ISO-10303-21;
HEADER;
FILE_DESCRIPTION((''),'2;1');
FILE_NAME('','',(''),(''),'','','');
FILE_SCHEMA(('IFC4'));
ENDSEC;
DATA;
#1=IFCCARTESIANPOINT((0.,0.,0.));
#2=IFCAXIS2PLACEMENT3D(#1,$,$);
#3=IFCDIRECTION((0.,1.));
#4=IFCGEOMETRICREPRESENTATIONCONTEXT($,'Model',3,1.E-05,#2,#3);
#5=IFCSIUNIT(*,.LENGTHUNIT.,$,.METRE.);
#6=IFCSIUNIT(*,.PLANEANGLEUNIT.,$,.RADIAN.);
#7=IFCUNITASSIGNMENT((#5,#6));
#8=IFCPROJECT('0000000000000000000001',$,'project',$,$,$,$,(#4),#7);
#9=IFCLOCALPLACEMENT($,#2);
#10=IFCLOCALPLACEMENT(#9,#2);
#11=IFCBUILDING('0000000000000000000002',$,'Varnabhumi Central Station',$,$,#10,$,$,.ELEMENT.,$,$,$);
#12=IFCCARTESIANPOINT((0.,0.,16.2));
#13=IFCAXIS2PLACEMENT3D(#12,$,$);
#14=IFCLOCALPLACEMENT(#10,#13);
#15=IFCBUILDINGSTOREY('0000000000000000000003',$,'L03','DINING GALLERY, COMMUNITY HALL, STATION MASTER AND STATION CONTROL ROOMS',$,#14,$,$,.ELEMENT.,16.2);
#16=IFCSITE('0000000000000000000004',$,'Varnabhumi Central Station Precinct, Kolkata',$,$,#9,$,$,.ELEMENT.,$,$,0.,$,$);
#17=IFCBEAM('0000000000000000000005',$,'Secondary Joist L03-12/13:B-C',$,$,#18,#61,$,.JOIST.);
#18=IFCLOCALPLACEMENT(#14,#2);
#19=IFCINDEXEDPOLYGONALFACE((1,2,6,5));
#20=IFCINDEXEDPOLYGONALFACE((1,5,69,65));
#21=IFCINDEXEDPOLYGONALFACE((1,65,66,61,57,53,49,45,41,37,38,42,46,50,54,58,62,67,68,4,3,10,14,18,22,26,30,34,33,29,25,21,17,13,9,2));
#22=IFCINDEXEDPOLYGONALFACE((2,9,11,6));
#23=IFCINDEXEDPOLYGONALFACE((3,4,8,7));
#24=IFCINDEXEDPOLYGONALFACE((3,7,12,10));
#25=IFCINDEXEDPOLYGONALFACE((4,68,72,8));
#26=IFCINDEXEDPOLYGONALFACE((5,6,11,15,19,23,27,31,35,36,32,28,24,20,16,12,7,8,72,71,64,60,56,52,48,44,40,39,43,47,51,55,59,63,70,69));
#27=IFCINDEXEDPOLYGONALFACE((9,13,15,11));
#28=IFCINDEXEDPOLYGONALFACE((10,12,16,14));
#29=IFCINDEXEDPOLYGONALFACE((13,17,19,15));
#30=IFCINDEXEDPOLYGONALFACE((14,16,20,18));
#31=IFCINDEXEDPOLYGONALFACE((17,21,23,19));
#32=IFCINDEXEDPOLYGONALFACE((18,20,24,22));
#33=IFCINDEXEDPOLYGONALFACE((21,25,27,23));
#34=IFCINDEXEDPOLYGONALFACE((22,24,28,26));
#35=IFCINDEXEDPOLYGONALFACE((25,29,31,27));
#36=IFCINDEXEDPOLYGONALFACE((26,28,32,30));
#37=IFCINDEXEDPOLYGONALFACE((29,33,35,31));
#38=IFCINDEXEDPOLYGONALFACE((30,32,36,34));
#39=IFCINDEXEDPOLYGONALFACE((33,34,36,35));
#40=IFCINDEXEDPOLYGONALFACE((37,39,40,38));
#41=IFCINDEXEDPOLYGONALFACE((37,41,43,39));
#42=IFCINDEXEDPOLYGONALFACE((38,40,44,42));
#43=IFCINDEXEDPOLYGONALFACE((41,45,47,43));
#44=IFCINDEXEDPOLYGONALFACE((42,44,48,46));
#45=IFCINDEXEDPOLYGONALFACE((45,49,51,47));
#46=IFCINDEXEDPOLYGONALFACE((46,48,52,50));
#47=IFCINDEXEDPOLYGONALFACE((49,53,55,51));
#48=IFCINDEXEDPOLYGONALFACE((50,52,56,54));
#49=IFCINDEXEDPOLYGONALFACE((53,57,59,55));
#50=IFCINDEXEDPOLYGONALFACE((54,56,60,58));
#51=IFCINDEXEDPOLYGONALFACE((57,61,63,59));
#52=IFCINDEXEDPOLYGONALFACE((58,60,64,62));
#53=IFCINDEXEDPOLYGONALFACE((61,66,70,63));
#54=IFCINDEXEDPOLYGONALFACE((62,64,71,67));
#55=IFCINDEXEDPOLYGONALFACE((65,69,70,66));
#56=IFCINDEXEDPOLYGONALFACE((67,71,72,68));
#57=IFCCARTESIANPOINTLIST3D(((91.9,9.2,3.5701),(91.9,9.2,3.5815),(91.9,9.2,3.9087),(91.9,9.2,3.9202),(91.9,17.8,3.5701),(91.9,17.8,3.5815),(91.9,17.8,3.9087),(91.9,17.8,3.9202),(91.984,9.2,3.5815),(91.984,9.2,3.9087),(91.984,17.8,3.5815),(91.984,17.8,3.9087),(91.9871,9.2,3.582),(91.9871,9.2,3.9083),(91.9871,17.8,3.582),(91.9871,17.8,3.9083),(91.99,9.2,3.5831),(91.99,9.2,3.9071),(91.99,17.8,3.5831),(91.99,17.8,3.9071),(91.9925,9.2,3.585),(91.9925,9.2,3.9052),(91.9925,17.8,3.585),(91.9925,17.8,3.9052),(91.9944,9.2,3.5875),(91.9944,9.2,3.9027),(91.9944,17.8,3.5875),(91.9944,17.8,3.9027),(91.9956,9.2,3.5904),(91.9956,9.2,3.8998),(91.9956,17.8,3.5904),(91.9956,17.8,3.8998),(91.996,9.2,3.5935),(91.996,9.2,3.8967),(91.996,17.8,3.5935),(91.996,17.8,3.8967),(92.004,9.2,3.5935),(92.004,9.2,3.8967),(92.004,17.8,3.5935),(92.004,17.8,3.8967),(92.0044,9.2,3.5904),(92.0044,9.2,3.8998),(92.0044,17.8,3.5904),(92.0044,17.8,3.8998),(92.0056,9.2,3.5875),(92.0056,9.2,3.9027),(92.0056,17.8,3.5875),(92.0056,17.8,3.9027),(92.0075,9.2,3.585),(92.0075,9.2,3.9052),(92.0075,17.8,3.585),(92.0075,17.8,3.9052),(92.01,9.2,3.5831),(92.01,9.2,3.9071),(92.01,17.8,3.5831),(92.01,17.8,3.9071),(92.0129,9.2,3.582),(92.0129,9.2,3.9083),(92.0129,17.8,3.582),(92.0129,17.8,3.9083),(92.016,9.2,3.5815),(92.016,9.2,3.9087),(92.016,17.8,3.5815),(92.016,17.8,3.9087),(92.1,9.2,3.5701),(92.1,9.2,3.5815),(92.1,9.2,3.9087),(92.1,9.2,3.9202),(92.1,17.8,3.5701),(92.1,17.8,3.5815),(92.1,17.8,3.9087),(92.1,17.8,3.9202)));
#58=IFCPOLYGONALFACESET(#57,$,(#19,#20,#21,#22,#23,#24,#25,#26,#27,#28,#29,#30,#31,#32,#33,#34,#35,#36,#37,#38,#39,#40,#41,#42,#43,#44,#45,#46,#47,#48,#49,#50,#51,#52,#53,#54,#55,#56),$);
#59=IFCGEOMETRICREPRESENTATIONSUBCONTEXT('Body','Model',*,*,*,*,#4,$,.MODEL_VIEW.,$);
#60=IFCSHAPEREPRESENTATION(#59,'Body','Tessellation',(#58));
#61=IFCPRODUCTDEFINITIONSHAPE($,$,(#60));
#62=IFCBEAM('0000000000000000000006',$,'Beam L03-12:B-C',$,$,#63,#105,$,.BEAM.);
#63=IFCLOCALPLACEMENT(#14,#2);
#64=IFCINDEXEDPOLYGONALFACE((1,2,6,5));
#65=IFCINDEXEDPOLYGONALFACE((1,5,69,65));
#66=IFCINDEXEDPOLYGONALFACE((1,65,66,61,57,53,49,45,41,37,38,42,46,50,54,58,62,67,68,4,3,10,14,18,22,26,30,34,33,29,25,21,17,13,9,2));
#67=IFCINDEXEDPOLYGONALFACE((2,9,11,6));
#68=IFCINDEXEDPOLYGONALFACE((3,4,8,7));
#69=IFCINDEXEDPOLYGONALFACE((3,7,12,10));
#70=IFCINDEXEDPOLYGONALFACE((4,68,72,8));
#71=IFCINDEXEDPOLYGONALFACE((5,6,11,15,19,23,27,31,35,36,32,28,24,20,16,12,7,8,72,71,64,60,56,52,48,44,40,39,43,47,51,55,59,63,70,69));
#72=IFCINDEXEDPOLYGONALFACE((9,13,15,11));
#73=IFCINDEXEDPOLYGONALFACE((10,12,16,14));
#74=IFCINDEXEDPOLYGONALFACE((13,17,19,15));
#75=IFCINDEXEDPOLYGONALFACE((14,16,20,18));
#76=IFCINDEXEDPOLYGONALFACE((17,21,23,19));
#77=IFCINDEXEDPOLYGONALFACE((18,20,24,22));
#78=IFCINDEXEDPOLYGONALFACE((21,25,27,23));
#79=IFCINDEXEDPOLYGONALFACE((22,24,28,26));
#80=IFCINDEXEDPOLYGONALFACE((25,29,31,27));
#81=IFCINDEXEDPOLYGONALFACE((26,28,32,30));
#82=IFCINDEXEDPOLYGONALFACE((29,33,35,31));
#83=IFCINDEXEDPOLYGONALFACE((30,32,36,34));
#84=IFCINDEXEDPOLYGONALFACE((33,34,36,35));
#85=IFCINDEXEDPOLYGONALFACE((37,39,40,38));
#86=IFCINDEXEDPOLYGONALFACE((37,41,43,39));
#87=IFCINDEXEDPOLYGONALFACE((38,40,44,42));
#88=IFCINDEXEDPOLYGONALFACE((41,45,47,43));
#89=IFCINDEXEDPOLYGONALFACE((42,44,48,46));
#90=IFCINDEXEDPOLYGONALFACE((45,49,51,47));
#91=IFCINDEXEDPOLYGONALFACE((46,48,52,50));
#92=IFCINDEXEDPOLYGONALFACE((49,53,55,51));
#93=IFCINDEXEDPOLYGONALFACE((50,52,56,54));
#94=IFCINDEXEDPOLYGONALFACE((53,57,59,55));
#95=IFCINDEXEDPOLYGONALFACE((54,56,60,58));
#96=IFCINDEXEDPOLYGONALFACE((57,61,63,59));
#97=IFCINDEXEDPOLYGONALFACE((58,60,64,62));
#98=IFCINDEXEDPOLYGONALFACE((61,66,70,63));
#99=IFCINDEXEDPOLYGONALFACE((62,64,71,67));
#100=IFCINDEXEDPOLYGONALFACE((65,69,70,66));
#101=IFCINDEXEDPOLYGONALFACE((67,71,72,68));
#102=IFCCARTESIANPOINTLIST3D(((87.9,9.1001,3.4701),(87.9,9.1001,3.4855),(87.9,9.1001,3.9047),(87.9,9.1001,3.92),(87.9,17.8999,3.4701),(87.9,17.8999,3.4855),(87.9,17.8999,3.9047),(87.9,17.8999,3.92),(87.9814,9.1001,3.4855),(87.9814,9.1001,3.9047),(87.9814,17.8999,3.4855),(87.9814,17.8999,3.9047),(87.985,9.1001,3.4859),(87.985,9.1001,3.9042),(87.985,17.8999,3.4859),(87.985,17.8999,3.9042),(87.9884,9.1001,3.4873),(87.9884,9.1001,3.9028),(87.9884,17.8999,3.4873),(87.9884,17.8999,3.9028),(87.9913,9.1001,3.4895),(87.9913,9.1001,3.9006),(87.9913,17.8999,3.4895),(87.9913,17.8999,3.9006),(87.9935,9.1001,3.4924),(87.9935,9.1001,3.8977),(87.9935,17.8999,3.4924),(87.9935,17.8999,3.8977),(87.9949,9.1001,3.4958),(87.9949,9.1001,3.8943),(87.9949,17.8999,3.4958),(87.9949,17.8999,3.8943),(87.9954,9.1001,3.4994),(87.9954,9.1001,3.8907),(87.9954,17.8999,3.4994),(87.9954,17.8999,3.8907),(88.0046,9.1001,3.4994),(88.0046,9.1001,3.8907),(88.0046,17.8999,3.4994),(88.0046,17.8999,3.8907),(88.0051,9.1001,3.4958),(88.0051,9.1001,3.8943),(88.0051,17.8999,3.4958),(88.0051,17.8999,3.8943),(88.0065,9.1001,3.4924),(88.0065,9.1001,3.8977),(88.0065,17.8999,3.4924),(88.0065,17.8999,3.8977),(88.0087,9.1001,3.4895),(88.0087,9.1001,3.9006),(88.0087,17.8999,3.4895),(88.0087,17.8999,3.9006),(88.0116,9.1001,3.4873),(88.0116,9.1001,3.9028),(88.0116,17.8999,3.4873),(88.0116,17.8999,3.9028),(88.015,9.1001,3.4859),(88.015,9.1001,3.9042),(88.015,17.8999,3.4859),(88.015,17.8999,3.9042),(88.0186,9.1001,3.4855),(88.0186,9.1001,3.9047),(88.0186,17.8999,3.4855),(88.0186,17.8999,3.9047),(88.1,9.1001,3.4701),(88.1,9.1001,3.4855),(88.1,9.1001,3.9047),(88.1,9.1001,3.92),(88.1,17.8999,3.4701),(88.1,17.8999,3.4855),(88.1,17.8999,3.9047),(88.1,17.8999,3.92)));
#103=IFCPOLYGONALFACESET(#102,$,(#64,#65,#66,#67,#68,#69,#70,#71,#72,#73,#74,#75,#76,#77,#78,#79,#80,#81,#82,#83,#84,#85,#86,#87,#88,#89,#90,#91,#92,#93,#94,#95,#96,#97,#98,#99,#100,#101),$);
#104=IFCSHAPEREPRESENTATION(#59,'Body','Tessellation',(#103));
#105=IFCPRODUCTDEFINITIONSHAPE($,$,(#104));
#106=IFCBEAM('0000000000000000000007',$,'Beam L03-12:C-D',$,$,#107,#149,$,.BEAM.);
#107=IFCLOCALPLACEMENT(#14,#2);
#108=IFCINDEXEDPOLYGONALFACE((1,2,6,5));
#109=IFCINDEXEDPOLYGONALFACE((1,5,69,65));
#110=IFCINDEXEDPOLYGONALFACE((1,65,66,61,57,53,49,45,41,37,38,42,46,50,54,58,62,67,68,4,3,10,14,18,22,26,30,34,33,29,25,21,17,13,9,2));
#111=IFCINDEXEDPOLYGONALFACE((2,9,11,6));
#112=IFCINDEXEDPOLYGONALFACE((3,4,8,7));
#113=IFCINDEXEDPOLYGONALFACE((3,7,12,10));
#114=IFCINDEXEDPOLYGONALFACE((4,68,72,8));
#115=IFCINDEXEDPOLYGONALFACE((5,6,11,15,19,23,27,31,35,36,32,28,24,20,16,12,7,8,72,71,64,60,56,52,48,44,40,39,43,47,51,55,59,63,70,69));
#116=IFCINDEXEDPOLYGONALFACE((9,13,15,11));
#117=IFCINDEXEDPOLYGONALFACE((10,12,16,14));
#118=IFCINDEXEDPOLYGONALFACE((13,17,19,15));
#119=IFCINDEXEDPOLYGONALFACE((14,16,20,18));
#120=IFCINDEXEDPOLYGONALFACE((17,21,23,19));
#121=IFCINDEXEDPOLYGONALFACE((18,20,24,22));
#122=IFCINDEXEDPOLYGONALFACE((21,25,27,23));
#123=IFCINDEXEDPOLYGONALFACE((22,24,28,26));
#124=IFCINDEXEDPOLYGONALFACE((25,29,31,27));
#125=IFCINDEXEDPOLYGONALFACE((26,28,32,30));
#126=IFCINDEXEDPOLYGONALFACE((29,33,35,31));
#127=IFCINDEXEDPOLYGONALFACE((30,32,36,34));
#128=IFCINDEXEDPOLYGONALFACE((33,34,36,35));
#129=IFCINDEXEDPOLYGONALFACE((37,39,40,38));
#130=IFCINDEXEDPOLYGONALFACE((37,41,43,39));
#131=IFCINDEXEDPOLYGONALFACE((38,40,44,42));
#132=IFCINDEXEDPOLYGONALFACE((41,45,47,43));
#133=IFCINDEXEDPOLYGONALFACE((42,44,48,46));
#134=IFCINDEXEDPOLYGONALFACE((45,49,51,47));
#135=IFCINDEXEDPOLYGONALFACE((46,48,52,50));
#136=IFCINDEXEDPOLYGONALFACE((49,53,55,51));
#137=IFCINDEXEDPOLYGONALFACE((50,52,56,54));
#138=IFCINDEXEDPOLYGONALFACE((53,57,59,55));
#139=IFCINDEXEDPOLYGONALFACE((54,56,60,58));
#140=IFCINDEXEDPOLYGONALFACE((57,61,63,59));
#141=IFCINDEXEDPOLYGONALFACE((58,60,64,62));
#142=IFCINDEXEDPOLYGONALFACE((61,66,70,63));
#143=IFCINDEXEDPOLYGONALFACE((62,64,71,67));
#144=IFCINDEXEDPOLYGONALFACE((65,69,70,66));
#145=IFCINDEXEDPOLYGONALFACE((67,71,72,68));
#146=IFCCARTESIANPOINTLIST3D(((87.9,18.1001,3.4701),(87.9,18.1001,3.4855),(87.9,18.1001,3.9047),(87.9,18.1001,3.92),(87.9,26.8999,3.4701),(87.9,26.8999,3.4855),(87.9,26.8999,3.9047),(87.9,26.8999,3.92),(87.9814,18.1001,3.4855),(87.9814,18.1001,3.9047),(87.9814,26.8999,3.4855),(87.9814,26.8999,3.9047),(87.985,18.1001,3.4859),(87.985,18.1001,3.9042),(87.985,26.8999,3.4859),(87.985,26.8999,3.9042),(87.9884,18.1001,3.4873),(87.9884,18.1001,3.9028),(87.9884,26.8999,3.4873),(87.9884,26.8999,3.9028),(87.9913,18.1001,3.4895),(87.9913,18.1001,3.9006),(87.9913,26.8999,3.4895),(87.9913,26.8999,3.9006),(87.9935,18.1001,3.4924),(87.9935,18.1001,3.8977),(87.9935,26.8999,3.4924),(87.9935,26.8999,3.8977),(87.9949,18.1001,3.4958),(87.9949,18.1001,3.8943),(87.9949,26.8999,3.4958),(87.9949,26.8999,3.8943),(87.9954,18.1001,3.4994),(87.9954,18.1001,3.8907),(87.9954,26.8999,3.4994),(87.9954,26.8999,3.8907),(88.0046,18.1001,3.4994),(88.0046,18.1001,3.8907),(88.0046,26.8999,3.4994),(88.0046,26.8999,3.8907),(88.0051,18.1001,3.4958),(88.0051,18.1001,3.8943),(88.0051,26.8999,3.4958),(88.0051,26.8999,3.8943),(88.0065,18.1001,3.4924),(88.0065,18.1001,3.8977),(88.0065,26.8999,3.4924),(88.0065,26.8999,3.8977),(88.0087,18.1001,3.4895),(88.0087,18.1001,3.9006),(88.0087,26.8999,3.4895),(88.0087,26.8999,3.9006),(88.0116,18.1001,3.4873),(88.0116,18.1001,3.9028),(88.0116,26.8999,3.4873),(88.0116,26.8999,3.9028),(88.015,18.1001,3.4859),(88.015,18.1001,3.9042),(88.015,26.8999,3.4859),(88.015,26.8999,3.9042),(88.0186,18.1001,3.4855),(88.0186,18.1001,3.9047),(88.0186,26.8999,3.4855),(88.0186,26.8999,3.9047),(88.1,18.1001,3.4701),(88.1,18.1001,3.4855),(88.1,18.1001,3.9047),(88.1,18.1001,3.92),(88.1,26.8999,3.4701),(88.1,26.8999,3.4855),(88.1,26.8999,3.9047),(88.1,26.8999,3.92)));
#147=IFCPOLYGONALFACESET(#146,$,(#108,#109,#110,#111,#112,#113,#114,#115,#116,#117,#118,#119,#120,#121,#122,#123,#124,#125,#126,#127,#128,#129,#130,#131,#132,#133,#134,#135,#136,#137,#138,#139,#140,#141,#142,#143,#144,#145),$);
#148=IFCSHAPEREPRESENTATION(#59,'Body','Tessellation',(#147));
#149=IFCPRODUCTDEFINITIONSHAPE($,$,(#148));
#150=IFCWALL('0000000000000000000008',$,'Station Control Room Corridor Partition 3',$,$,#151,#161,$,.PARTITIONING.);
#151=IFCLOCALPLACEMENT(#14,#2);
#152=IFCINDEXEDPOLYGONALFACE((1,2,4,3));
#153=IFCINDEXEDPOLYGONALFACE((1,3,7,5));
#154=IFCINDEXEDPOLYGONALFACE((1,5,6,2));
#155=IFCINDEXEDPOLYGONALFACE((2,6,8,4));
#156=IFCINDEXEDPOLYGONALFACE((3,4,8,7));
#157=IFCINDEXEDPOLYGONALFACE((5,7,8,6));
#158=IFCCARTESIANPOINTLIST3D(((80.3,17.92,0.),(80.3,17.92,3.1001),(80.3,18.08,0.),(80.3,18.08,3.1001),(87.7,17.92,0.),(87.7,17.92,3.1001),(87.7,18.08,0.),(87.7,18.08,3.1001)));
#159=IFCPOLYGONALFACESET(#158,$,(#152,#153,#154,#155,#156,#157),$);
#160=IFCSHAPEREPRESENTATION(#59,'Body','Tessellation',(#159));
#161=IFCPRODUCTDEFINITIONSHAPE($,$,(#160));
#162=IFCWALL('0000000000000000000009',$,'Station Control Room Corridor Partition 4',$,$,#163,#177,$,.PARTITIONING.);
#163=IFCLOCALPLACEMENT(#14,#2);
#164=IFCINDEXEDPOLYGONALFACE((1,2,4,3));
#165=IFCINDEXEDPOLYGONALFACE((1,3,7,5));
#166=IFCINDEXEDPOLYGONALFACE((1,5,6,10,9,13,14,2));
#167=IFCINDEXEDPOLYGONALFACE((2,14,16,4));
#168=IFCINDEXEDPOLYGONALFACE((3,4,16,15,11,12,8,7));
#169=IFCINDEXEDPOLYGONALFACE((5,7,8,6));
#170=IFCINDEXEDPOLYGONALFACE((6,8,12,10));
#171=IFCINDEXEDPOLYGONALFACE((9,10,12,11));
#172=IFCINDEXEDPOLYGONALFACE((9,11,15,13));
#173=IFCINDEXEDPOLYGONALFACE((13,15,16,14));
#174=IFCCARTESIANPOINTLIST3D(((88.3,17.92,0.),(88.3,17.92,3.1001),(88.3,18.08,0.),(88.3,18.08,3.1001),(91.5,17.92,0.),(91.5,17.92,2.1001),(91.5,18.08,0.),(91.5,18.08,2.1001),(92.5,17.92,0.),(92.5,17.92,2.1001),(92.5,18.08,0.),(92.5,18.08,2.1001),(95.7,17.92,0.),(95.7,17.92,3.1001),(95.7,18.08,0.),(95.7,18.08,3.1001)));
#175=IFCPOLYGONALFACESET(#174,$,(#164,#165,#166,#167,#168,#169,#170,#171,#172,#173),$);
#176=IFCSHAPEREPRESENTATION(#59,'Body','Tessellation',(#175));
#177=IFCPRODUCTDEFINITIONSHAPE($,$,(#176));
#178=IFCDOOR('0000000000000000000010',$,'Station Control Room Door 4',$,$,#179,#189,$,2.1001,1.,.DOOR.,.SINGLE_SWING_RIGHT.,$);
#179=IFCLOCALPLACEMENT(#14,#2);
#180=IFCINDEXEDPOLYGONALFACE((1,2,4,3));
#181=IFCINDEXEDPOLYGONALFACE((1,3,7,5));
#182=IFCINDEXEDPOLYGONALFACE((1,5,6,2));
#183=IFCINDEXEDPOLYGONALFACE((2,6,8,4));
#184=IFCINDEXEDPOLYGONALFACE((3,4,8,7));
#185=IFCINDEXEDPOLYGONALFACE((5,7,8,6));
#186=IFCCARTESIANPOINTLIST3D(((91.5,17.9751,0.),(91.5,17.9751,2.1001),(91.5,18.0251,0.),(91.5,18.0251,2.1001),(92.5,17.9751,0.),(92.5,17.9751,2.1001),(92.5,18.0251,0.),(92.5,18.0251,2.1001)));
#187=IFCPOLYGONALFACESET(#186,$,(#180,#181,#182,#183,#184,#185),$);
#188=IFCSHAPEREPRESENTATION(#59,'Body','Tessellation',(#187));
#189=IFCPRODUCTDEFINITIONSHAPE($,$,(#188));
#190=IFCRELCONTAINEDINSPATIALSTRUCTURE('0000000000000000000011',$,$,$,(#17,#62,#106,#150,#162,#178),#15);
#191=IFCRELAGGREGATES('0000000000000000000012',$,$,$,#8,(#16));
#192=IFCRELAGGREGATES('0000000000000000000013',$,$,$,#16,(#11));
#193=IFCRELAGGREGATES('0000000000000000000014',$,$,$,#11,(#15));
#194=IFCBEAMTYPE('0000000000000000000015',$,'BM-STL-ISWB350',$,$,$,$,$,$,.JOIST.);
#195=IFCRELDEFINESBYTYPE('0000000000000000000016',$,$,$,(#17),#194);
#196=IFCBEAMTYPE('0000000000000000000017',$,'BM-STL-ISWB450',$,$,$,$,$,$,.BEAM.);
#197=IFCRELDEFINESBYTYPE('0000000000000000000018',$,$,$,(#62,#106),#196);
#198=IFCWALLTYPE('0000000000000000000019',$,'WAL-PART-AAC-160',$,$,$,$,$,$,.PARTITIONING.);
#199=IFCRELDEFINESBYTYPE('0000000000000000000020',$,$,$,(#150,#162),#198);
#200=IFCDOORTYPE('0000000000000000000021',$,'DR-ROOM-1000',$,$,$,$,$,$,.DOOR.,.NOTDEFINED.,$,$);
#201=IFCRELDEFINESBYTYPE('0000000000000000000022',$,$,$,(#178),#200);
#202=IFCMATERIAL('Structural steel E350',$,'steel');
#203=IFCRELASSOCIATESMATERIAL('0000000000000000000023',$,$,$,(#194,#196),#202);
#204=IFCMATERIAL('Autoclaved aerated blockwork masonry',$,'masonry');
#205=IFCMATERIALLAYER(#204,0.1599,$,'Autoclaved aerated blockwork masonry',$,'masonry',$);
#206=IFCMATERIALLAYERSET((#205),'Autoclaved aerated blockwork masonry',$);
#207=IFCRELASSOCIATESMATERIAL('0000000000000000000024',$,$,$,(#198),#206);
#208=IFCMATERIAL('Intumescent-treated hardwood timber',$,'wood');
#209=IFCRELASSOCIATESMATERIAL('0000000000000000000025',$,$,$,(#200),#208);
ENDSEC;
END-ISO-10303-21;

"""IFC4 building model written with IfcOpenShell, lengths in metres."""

from ifc_helpers import new_model, si_unit, direction, frame, frame_2d, origin, origin_2d, place, context, subcontext, project, spatial, rectangle, i_section, extrude, material, layer, layer_set, material_profile, profile_set, type_object, element, fill, save


model = new_model("IFC4")

# Units and contexts
model_context = context("Model", 3, precision=1e-05, world=origin(), true_north=direction((0.0, 1.0)))
body_context = subcontext(model_context, "Body", "Model", "MODEL_VIEW")
ifc_project = project(units=[si_unit("LENGTHUNIT", "METRE"), si_unit("PLANEANGLEUNIT", "RADIAN")], contexts=[model_context])

# Site, building, storey
site_placement = place(None, origin())
site = spatial("IfcSite", under=ifc_project, at=site_placement, Name="Varnabhumi Central Station Precinct, Kolkata", CompositionType="ELEMENT", RefElevation=0.0)
building_placement = place(site_placement, origin())
building = spatial("IfcBuilding", under=site, at=building_placement, Name="Varnabhumi Central Station", CompositionType="ELEMENT")
storey_placement = place(building_placement, frame((0.0, 0.0, 16.2)))
storey = spatial("IfcBuildingStorey", under=building, at=storey_placement, Name="L03", Description="DINING GALLERY, COMMUNITY HALL, STATION MASTER AND STATION CONTROL ROOMS", CompositionType="ELEMENT", Elevation=16.2)

# Beams
ifc_material_1 = material(Name="Structural steel E350", Category="steel")
ifc_material_profile_1 = material_profile(ifc_material_1, i_section(OverallWidth=0.2, OverallDepth=0.3501, WebThickness=0.0081, FlangeThickness=0.0115, FilletRadius=0.012, at=origin_2d()), Name="Structural steel E350", Category="steel")
ifc_profile_set_1 = profile_set([ifc_material_profile_1], Name="Structural steel E350")
beam_type_1 = type_object("IfcBeamType", Name="BM-STL-ISWB350", PredefinedType="JOIST", material=ifc_profile_set_1)
beam_1_placement = place(storey_placement, frame((92.0, 9.2, 3.7451), z_axis=(0.0, 1.0, 0.0), x_axis=(-1.0, 0.0, 0.0)))
element("IfcBeam", 1, at=beam_1_placement, inside=storey, type_object=beam_type_1, Name="Secondary Joist L03-12/13:B-C", PredefinedType="JOIST", context=body_context, shape_type="SweptSolid", body=[
    extrude(i_section(OverallWidth=0.2, OverallDepth=0.3501, WebThickness=0.0081, FlangeThickness=0.0115, FilletRadius=0.012, at=origin_2d()), origin(), (0.0, 0.0, 1.0), 8.6001),
])
ifc_material_profile_2 = material_profile(ifc_material_1, i_section(OverallWidth=0.2, OverallDepth=0.45, WebThickness=0.0093, FlangeThickness=0.0154, FilletRadius=0.0139, at=origin_2d()), Name="Structural steel E350", Category="steel")
ifc_profile_set_2 = profile_set([ifc_material_profile_2], Name="Structural steel E350")
beam_type_2 = type_object("IfcBeamType", Name="BM-STL-ISWB450", PredefinedType="BEAM", material=ifc_profile_set_2)
for number, where, z_axis, x_axis, name in (
    (2, (88.0, 9.1001, 3.6951), (0.0, 1.0, 0.0), (-1.0, 0.0, 0.0), "Beam L03-12:B-C"),
    (3, (88.0, 18.1001, 3.6951), (0.0, 1.0, 0.0), (-1.0, 0.0, 0.0), "Beam L03-12:C-D"),
):
    element("IfcBeam", number, at=place(storey_placement, frame(where, z_axis=z_axis, x_axis=x_axis)), inside=storey, type_object=beam_type_2, Name=name, PredefinedType="BEAM", context=body_context, shape_type="SweptSolid", body=[
        extrude(i_section(OverallWidth=0.2, OverallDepth=0.45, WebThickness=0.0093, FlangeThickness=0.0154, FilletRadius=0.0139, at=origin_2d()), origin(), (0.0, 0.0, 1.0), 8.7998),
    ])

# Shared definitions
ifc_material_2 = material(Name="Intumescent-treated hardwood timber", Category="wood")

# Wall
ifc_material_3 = material(Name="Autoclaved aerated blockwork masonry", Category="masonry")
ifc_layer_1 = layer(ifc_material_3, 0.1599, Name="Autoclaved aerated blockwork masonry", Category="masonry")
ifc_layer_set_1 = layer_set([ifc_layer_1], Name="Autoclaved aerated blockwork masonry")
wall_type_1 = type_object("IfcWallType", Name="WAL-PART-AAC-160", PredefinedType="PARTITIONING", material=ifc_layer_set_1)
wall_1_placement = place(storey_placement, frame((80.3, 18.0, 0.0), z_axis=(0.0, 0.0, 1.0), x_axis=(1.0, 0.0, 0.0)))
element("IfcWall", 4, at=wall_1_placement, inside=storey, type_object=wall_type_1, Name="Station Control Room Corridor Partition 3", PredefinedType="PARTITIONING", context=body_context, shape_type="SweptSolid", body=[
    extrude(rectangle(XDim=7.3999, YDim=0.1599, at=frame_2d((3.7, 0.0))), origin(), (0.0, 0.0, 1.0), 3.1001),
])

# Wall, opening, door
wall_2_placement = place(storey_placement, frame((88.3, 18.0, 0.0), z_axis=(0.0, 0.0, 1.0), x_axis=(1.0, 0.0, 0.0)))
wall_2 = element("IfcWall", 5, at=wall_2_placement, inside=storey, type_object=wall_type_1, Name="Station Control Room Corridor Partition 4", PredefinedType="PARTITIONING", context=body_context, shape_type="SweptSolid", body=[
    extrude(rectangle(XDim=7.3999, YDim=0.1599, at=frame_2d((3.7, 0.0))), origin(), (0.0, 0.0, 1.0), 3.1001),
])
opening_1_placement = place(wall_2_placement, frame((3.2, 0.0, 0.0)))
opening_1 = element("IfcOpeningElement", 6, at=opening_1_placement, cuts=wall_2, PredefinedType="OPENING", context=body_context, shape_type="SweptSolid", body=[
    extrude(rectangle(XDim=1.0, YDim=2.1001, at=frame_2d((0.5, 1.05))), frame((0.0, 0.0898, 0.0), z_axis=(0.0, -1.0, 0.0), x_axis=(1.0, 0.0, 0.0)), (0.0, 0.0, 1.0), 0.1799),
])
door_type_1 = type_object("IfcDoorType", Name="DR-ROOM-1000", OperationType="NOTDEFINED", PredefinedType="DOOR", material=ifc_material_2)
door_1_placement = place(opening_1_placement, frame((1.0, 0.0, 0.0), z_axis=(0.0, 0.0, 1.0), x_axis=(-1.0, 0.0, 0.0)))
door_1 = element("IfcDoor", 7, at=door_1_placement, inside=storey, type_object=door_type_1, Name="Station Control Room Door 4", OperationType="SINGLE_SWING_RIGHT", OverallHeight=2.1001, OverallWidth=1.0, PredefinedType="DOOR", context=body_context, shape_type="SweptSolid", body=[
    extrude(rectangle(XDim=1.0, YDim=2.1001, at=frame_2d((0.5, 1.05))), frame((0.0, 0.0249, 0.0), z_axis=(0.0, -1.0, 0.0), x_axis=(1.0, 0.0, 0.0)), (0.0, 0.0, 1.0), 0.05),
])
fill(opening_1, door_1)

save(model, "model.ifc")
